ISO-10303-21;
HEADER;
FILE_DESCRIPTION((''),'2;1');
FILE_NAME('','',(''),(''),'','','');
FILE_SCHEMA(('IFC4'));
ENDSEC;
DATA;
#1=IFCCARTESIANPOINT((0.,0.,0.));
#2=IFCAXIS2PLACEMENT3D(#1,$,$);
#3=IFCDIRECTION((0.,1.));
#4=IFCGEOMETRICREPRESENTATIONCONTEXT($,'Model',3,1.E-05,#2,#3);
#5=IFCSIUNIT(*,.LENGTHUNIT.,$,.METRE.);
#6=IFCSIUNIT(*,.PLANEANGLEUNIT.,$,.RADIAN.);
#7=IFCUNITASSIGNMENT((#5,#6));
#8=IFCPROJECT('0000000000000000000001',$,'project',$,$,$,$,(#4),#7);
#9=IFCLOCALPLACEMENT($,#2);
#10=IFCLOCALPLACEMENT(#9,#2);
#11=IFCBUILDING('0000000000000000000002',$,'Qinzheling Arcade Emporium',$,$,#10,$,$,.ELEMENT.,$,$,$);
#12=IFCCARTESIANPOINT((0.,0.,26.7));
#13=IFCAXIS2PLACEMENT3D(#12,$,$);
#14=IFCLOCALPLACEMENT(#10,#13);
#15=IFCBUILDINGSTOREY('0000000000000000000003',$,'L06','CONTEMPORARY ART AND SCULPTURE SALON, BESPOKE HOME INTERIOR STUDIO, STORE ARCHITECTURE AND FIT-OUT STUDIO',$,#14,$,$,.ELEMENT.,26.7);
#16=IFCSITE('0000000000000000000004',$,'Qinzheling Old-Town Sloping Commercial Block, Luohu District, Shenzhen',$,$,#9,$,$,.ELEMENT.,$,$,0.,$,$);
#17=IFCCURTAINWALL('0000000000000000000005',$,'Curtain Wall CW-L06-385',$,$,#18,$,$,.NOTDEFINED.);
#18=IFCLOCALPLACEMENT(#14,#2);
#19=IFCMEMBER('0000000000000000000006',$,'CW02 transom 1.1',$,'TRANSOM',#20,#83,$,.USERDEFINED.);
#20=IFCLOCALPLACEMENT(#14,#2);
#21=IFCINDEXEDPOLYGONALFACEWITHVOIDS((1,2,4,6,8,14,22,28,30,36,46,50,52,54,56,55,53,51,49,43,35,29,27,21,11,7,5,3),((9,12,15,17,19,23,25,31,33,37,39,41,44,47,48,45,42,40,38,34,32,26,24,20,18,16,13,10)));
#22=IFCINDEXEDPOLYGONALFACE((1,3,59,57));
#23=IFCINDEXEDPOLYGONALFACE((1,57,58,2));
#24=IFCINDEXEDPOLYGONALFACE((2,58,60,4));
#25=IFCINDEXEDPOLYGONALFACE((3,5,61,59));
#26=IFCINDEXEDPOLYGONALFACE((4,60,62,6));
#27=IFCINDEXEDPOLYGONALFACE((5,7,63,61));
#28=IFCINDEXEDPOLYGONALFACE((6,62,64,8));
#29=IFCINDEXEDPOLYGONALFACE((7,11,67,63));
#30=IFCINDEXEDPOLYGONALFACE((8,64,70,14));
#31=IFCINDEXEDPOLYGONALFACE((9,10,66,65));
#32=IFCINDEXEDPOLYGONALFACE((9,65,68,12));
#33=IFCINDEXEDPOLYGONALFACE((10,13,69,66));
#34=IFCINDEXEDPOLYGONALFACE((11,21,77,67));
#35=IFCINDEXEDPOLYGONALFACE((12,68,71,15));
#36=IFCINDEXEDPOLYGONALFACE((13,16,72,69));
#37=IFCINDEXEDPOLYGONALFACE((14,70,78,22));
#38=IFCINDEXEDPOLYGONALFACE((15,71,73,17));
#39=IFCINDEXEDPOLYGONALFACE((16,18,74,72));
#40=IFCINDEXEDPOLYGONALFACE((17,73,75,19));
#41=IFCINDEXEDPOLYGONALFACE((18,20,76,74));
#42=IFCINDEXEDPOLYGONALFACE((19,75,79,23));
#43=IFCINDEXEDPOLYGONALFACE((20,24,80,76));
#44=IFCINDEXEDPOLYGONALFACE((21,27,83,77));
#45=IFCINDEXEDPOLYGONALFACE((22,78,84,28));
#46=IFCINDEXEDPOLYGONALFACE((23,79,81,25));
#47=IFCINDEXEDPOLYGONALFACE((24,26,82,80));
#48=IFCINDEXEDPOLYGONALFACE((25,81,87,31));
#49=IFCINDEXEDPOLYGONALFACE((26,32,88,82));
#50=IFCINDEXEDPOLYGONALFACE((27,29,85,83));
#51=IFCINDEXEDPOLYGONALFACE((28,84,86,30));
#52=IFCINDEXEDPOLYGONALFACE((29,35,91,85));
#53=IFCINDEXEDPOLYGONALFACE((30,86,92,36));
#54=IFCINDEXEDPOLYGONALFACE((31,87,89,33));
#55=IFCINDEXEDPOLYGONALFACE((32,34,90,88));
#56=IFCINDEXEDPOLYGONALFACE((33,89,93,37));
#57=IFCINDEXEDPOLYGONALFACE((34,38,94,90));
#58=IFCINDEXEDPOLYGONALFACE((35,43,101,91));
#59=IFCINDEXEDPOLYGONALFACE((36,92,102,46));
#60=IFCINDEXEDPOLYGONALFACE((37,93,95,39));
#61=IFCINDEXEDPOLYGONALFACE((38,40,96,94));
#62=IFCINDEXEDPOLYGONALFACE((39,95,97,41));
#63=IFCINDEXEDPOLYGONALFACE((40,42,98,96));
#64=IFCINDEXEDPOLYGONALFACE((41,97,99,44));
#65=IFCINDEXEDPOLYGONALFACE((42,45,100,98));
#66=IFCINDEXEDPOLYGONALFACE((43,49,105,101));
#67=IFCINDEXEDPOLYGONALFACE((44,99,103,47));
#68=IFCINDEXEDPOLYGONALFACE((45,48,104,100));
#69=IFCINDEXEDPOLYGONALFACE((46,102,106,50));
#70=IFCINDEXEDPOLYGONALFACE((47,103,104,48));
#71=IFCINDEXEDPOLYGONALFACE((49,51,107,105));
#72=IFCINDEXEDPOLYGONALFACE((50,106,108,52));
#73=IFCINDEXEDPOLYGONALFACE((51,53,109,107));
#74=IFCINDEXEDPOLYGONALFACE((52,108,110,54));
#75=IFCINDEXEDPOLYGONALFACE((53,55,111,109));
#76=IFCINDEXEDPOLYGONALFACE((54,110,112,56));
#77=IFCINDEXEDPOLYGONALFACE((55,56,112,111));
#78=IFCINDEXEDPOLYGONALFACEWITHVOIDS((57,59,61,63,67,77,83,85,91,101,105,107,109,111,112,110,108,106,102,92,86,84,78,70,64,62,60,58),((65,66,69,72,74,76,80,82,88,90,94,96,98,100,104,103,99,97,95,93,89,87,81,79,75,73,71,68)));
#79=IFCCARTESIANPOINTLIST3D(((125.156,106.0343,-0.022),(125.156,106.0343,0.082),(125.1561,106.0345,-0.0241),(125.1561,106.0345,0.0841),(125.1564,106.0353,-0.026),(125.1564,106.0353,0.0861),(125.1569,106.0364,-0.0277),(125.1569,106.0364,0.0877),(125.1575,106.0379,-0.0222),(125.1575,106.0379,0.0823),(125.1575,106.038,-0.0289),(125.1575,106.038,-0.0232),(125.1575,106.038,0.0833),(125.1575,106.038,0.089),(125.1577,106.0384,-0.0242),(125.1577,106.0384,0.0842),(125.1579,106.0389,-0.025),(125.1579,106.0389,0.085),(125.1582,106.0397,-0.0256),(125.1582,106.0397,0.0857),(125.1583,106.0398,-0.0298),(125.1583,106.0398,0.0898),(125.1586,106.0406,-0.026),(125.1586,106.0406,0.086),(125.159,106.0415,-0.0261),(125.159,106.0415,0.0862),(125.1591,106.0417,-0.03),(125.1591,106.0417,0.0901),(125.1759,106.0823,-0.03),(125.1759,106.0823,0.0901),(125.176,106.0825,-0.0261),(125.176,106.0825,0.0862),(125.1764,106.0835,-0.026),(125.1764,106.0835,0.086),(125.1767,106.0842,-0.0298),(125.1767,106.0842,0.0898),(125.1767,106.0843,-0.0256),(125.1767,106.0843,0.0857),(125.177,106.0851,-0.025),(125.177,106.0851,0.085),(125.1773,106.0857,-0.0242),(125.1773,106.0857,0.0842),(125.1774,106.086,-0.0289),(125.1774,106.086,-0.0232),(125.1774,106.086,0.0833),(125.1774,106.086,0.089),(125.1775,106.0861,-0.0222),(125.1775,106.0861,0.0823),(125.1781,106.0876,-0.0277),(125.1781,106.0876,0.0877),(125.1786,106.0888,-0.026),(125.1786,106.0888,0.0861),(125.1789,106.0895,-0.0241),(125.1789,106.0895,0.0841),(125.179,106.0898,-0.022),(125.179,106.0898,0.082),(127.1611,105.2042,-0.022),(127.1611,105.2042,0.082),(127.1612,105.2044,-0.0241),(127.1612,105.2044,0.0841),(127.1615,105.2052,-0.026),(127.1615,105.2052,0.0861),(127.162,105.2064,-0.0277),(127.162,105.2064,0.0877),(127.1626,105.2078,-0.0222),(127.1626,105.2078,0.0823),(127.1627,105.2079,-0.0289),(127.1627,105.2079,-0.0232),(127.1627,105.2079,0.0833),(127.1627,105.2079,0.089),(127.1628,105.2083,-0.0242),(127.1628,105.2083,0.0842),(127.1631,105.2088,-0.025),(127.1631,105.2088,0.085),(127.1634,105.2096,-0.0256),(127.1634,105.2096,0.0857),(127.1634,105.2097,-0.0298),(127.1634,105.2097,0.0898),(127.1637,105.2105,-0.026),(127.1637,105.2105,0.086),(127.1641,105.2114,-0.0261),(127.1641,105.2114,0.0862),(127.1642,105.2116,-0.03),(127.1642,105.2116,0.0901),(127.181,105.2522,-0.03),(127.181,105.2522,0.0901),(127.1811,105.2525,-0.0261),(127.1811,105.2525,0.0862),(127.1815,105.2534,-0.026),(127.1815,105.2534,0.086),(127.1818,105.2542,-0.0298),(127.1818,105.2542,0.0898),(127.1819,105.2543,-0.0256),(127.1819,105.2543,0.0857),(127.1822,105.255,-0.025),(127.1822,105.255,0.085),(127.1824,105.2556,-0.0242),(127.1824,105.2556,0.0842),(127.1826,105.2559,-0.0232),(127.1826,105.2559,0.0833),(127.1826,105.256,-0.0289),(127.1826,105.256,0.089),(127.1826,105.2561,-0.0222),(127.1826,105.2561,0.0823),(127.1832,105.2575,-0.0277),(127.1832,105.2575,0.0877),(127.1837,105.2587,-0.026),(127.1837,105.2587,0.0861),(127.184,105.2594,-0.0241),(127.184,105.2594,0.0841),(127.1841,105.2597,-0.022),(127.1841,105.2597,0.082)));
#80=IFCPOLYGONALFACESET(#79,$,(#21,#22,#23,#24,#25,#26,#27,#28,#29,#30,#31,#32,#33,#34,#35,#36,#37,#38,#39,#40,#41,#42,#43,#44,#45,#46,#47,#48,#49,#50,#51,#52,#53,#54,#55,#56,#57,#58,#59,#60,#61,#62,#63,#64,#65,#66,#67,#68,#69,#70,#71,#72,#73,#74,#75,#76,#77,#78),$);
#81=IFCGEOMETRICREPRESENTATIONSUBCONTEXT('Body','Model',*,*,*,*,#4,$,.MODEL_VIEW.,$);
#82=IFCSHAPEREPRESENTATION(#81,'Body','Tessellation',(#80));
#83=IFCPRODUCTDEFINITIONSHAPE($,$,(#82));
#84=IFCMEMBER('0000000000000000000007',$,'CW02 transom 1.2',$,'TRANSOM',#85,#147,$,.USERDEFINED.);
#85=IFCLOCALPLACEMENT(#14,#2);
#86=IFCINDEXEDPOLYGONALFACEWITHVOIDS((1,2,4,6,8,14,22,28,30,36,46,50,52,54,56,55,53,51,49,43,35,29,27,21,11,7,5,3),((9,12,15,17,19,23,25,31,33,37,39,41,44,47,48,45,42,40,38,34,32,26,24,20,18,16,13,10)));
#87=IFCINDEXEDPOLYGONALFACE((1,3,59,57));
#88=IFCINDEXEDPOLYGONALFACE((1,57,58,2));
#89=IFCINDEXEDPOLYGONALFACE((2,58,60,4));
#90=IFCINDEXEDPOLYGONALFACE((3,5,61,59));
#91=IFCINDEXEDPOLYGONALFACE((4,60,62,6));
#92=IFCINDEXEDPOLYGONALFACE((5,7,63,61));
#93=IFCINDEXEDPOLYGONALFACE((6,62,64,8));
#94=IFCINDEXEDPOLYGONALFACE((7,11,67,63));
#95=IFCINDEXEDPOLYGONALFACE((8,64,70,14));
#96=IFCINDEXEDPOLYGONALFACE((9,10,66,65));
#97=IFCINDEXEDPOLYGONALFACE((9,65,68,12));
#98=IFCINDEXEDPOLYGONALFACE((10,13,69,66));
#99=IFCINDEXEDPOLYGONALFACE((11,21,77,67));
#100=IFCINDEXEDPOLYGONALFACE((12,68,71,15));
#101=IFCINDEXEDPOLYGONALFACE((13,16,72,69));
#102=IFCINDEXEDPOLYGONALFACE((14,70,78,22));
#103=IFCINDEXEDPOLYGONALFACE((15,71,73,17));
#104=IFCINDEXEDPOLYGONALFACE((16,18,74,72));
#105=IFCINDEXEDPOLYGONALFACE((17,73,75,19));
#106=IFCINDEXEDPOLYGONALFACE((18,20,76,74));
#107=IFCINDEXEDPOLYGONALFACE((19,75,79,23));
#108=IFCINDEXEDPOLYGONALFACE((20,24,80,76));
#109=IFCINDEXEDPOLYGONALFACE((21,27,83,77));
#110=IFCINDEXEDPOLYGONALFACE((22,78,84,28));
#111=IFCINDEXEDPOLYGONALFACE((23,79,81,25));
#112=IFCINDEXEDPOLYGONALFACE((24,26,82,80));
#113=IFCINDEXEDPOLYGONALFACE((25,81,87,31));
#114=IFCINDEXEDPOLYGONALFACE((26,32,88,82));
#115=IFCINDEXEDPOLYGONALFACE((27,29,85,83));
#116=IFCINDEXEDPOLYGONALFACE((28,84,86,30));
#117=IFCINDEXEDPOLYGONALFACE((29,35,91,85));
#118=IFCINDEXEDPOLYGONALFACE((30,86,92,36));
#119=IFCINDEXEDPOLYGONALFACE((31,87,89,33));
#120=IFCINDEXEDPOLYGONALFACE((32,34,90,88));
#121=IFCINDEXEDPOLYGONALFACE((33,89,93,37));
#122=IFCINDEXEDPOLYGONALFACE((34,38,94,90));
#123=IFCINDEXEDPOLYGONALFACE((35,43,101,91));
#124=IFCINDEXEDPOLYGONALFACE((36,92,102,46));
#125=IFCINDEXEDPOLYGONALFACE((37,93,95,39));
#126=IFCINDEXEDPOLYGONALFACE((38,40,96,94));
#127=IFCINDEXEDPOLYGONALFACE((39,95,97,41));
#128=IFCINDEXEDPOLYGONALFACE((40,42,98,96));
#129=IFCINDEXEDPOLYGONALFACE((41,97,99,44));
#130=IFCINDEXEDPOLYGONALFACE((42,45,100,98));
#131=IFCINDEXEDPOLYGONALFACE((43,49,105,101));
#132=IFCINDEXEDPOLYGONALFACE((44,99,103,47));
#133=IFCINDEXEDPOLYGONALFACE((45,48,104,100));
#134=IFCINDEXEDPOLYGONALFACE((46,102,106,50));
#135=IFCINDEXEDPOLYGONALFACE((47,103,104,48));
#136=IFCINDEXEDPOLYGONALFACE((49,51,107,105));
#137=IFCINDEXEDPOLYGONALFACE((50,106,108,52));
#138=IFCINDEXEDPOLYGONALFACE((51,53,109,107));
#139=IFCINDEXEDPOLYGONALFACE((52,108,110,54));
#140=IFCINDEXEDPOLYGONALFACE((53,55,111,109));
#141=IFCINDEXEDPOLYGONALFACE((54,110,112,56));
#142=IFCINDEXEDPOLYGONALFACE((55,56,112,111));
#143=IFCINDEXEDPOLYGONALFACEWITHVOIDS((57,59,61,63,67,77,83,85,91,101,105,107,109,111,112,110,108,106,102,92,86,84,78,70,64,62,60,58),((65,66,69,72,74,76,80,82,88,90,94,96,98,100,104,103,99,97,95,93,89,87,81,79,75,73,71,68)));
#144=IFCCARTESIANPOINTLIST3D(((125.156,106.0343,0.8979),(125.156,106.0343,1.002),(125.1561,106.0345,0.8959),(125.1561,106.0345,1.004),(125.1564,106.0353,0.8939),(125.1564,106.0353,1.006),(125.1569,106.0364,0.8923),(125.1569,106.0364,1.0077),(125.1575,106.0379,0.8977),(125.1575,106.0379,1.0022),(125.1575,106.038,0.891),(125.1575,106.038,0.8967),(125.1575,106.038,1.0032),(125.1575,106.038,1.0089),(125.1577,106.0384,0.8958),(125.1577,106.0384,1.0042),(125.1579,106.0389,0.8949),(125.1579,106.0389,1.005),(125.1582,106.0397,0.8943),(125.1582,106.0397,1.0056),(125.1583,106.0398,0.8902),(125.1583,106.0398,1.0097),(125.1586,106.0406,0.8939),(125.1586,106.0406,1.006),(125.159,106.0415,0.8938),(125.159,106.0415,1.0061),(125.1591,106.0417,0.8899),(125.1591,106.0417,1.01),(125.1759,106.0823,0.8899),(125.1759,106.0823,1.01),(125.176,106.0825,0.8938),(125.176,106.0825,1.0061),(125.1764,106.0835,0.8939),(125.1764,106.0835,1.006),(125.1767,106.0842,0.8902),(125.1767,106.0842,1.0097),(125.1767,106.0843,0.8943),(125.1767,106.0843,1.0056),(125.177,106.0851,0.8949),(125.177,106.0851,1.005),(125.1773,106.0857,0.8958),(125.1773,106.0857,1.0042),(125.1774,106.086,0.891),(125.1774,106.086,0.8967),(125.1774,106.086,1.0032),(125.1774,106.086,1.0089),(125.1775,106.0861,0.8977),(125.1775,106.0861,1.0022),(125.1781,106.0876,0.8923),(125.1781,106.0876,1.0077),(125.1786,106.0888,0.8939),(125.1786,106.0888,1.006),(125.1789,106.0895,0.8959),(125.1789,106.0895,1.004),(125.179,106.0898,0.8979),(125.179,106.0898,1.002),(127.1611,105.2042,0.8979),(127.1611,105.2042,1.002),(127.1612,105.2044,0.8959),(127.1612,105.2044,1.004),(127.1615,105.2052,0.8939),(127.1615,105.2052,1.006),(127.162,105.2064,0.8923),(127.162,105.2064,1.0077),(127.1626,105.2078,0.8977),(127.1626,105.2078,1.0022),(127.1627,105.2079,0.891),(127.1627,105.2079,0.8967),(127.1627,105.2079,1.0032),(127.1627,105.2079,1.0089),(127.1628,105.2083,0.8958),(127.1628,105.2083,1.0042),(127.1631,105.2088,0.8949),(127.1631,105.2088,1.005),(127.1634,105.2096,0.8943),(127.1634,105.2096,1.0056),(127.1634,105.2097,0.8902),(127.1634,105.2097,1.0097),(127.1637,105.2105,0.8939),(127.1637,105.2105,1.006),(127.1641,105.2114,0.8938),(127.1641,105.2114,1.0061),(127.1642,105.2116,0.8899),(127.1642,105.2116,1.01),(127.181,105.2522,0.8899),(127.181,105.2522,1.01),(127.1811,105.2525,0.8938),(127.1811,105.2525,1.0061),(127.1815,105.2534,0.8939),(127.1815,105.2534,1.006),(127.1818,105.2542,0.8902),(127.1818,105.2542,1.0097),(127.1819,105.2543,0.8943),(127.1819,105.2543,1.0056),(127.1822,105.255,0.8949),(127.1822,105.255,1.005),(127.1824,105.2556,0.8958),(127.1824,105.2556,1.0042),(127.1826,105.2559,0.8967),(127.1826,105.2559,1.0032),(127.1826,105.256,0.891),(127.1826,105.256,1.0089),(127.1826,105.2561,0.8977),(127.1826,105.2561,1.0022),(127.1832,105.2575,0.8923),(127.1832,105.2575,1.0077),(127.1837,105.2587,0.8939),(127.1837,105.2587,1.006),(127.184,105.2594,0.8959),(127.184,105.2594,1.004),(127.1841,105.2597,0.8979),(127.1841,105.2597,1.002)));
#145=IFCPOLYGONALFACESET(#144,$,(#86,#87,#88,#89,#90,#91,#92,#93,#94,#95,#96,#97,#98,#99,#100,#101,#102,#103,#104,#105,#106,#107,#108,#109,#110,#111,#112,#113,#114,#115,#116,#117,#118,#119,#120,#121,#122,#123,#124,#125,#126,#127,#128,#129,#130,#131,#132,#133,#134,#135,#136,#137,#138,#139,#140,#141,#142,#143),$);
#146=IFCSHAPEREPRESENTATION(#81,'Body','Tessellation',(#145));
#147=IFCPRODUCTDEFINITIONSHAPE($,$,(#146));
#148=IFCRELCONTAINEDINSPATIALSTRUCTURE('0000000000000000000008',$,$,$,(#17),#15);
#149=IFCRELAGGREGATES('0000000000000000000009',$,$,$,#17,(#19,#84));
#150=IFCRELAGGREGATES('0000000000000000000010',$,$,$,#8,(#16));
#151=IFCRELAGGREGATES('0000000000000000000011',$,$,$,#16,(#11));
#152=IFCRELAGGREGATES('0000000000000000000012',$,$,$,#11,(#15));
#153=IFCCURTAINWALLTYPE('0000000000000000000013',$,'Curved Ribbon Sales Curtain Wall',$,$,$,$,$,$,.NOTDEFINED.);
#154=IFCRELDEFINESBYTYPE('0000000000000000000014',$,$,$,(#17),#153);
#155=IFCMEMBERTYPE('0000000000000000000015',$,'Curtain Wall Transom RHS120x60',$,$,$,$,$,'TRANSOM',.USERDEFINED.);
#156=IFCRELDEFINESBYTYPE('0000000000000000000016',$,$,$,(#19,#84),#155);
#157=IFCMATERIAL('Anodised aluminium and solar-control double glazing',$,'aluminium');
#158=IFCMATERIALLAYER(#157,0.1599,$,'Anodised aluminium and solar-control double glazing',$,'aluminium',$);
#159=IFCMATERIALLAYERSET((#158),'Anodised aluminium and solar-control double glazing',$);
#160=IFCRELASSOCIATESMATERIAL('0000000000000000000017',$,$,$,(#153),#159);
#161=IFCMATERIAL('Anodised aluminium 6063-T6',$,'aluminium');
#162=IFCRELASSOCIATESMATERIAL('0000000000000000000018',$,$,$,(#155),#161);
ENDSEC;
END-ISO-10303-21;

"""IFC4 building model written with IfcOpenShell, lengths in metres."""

from ifc_helpers import new_model, si_unit, direction, frame, origin, origin_2d, place, context, subcontext, project, spatial, hollow_rectangle, extrude, material, layer, layer_set, material_profile, profile_set, type_object, element, aggregate, save


model = new_model("IFC4")

# Units and contexts
model_context = context("Model", 3, precision=1e-05, world=origin(), true_north=direction((0.0, 1.0)))
body_context = subcontext(model_context, "Body", "Model", "MODEL_VIEW")
ifc_project = project(units=[si_unit("LENGTHUNIT", "METRE"), si_unit("PLANEANGLEUNIT", "RADIAN")], contexts=[model_context])

# Site, building, storey
site_placement = place(None, origin())
site = spatial("IfcSite", under=ifc_project, at=site_placement, Name="Qinzheling Old-Town Sloping Commercial Block, Luohu District, Shenzhen", CompositionType="ELEMENT", RefElevation=0.0)
building_placement = place(site_placement, origin())
building = spatial("IfcBuilding", under=site, at=building_placement, Name="Qinzheling Arcade Emporium", CompositionType="ELEMENT")
storey_placement = place(building_placement, frame((0.0, 0.0, 26.7)))
storey = spatial("IfcBuildingStorey", under=building, at=storey_placement, Name="L06", Description="CONTEMPORARY ART AND SCULPTURE SALON, BESPOKE HOME INTERIOR STUDIO, STORE ARCHITECTURE AND FIT-OUT STUDIO", CompositionType="ELEMENT", Elevation=26.7)

# Shared definitions
ifc_material_1 = material(Name="Anodised aluminium and solar-control double glazing", Category="aluminium")
ifc_layer_1 = layer(ifc_material_1, 0.1599, Name="Anodised aluminium and solar-control double glazing", Category="aluminium")
ifc_layer_set_1 = layer_set([ifc_layer_1], Name="Anodised aluminium and solar-control double glazing")
curtain_wall_type = type_object("IfcCurtainWallType", Name="Curved Ribbon Sales Curtain Wall", PredefinedType="NOTDEFINED", material=ifc_layer_set_1)
ifc_material_2 = material(Name="Anodised aluminium 6063-T6", Category="aluminium")

# Curtain wall
curtain_wall_1_placement = place(storey_placement, origin())
curtain_wall_1 = element("IfcCurtainWall", 1, at=curtain_wall_1_placement, inside=storey, type_object=curtain_wall_type, Name="Curtain Wall CW-L06-385", PredefinedType="NOTDEFINED")

# Members
ifc_material_profile_1 = material_profile(ifc_material_2, hollow_rectangle(XDim=0.0601, YDim=0.1201, WallThickness=0.0039, InnerFilletRadius=0.0039, OuterFilletRadius=0.0081, at=origin_2d()), Name="RHS 120x60x4", Category="aluminium")
ifc_profile_set_1 = profile_set([ifc_material_profile_1], Name="Anodised aluminium 6063-T6")
member_type_1 = type_object("IfcMemberType", Name="Curtain Wall Transom RHS120x60", ElementType="TRANSOM", PredefinedType="USERDEFINED", material=ifc_profile_set_1)
member_1_placement = place(storey_placement, frame((125.1675, 106.062, 0.03), z_axis=(0.923957, -0.382498, 0.0), x_axis=(0.382498, 0.923957, 0.0)))
member_1 = element("IfcMember", 2, at=member_1_placement, type_object=member_type_1, Name="CW02 transom 1.1", ObjectType="TRANSOM", PredefinedType="USERDEFINED", context=body_context, shape_type="SweptSolid", body=[
    extrude(hollow_rectangle(XDim=0.0601, YDim=0.1201, WallThickness=0.0039, InnerFilletRadius=0.0039, OuterFilletRadius=0.0081, at=origin_2d()), origin(), (0.0, 0.0, 1.0), 2.1702),
])
member_2_placement = place(storey_placement, frame((125.1675, 106.062, 0.95), z_axis=(0.923957, -0.382498, 0.0), x_axis=(0.382498, 0.923957, 0.0)))
member_2 = element("IfcMember", 3, at=member_2_placement, type_object=member_type_1, Name="CW02 transom 1.2", ObjectType="TRANSOM", PredefinedType="USERDEFINED", context=body_context, shape_type="SweptSolid", body=[
    extrude(hollow_rectangle(XDim=0.0601, YDim=0.1201, WallThickness=0.0039, InnerFilletRadius=0.0039, OuterFilletRadius=0.0081, at=origin_2d()), origin(), (0.0, 0.0, 1.0), 2.1702),
])

aggregate(curtain_wall_1, [member_1, member_2])

save(model, "model.ifc")
